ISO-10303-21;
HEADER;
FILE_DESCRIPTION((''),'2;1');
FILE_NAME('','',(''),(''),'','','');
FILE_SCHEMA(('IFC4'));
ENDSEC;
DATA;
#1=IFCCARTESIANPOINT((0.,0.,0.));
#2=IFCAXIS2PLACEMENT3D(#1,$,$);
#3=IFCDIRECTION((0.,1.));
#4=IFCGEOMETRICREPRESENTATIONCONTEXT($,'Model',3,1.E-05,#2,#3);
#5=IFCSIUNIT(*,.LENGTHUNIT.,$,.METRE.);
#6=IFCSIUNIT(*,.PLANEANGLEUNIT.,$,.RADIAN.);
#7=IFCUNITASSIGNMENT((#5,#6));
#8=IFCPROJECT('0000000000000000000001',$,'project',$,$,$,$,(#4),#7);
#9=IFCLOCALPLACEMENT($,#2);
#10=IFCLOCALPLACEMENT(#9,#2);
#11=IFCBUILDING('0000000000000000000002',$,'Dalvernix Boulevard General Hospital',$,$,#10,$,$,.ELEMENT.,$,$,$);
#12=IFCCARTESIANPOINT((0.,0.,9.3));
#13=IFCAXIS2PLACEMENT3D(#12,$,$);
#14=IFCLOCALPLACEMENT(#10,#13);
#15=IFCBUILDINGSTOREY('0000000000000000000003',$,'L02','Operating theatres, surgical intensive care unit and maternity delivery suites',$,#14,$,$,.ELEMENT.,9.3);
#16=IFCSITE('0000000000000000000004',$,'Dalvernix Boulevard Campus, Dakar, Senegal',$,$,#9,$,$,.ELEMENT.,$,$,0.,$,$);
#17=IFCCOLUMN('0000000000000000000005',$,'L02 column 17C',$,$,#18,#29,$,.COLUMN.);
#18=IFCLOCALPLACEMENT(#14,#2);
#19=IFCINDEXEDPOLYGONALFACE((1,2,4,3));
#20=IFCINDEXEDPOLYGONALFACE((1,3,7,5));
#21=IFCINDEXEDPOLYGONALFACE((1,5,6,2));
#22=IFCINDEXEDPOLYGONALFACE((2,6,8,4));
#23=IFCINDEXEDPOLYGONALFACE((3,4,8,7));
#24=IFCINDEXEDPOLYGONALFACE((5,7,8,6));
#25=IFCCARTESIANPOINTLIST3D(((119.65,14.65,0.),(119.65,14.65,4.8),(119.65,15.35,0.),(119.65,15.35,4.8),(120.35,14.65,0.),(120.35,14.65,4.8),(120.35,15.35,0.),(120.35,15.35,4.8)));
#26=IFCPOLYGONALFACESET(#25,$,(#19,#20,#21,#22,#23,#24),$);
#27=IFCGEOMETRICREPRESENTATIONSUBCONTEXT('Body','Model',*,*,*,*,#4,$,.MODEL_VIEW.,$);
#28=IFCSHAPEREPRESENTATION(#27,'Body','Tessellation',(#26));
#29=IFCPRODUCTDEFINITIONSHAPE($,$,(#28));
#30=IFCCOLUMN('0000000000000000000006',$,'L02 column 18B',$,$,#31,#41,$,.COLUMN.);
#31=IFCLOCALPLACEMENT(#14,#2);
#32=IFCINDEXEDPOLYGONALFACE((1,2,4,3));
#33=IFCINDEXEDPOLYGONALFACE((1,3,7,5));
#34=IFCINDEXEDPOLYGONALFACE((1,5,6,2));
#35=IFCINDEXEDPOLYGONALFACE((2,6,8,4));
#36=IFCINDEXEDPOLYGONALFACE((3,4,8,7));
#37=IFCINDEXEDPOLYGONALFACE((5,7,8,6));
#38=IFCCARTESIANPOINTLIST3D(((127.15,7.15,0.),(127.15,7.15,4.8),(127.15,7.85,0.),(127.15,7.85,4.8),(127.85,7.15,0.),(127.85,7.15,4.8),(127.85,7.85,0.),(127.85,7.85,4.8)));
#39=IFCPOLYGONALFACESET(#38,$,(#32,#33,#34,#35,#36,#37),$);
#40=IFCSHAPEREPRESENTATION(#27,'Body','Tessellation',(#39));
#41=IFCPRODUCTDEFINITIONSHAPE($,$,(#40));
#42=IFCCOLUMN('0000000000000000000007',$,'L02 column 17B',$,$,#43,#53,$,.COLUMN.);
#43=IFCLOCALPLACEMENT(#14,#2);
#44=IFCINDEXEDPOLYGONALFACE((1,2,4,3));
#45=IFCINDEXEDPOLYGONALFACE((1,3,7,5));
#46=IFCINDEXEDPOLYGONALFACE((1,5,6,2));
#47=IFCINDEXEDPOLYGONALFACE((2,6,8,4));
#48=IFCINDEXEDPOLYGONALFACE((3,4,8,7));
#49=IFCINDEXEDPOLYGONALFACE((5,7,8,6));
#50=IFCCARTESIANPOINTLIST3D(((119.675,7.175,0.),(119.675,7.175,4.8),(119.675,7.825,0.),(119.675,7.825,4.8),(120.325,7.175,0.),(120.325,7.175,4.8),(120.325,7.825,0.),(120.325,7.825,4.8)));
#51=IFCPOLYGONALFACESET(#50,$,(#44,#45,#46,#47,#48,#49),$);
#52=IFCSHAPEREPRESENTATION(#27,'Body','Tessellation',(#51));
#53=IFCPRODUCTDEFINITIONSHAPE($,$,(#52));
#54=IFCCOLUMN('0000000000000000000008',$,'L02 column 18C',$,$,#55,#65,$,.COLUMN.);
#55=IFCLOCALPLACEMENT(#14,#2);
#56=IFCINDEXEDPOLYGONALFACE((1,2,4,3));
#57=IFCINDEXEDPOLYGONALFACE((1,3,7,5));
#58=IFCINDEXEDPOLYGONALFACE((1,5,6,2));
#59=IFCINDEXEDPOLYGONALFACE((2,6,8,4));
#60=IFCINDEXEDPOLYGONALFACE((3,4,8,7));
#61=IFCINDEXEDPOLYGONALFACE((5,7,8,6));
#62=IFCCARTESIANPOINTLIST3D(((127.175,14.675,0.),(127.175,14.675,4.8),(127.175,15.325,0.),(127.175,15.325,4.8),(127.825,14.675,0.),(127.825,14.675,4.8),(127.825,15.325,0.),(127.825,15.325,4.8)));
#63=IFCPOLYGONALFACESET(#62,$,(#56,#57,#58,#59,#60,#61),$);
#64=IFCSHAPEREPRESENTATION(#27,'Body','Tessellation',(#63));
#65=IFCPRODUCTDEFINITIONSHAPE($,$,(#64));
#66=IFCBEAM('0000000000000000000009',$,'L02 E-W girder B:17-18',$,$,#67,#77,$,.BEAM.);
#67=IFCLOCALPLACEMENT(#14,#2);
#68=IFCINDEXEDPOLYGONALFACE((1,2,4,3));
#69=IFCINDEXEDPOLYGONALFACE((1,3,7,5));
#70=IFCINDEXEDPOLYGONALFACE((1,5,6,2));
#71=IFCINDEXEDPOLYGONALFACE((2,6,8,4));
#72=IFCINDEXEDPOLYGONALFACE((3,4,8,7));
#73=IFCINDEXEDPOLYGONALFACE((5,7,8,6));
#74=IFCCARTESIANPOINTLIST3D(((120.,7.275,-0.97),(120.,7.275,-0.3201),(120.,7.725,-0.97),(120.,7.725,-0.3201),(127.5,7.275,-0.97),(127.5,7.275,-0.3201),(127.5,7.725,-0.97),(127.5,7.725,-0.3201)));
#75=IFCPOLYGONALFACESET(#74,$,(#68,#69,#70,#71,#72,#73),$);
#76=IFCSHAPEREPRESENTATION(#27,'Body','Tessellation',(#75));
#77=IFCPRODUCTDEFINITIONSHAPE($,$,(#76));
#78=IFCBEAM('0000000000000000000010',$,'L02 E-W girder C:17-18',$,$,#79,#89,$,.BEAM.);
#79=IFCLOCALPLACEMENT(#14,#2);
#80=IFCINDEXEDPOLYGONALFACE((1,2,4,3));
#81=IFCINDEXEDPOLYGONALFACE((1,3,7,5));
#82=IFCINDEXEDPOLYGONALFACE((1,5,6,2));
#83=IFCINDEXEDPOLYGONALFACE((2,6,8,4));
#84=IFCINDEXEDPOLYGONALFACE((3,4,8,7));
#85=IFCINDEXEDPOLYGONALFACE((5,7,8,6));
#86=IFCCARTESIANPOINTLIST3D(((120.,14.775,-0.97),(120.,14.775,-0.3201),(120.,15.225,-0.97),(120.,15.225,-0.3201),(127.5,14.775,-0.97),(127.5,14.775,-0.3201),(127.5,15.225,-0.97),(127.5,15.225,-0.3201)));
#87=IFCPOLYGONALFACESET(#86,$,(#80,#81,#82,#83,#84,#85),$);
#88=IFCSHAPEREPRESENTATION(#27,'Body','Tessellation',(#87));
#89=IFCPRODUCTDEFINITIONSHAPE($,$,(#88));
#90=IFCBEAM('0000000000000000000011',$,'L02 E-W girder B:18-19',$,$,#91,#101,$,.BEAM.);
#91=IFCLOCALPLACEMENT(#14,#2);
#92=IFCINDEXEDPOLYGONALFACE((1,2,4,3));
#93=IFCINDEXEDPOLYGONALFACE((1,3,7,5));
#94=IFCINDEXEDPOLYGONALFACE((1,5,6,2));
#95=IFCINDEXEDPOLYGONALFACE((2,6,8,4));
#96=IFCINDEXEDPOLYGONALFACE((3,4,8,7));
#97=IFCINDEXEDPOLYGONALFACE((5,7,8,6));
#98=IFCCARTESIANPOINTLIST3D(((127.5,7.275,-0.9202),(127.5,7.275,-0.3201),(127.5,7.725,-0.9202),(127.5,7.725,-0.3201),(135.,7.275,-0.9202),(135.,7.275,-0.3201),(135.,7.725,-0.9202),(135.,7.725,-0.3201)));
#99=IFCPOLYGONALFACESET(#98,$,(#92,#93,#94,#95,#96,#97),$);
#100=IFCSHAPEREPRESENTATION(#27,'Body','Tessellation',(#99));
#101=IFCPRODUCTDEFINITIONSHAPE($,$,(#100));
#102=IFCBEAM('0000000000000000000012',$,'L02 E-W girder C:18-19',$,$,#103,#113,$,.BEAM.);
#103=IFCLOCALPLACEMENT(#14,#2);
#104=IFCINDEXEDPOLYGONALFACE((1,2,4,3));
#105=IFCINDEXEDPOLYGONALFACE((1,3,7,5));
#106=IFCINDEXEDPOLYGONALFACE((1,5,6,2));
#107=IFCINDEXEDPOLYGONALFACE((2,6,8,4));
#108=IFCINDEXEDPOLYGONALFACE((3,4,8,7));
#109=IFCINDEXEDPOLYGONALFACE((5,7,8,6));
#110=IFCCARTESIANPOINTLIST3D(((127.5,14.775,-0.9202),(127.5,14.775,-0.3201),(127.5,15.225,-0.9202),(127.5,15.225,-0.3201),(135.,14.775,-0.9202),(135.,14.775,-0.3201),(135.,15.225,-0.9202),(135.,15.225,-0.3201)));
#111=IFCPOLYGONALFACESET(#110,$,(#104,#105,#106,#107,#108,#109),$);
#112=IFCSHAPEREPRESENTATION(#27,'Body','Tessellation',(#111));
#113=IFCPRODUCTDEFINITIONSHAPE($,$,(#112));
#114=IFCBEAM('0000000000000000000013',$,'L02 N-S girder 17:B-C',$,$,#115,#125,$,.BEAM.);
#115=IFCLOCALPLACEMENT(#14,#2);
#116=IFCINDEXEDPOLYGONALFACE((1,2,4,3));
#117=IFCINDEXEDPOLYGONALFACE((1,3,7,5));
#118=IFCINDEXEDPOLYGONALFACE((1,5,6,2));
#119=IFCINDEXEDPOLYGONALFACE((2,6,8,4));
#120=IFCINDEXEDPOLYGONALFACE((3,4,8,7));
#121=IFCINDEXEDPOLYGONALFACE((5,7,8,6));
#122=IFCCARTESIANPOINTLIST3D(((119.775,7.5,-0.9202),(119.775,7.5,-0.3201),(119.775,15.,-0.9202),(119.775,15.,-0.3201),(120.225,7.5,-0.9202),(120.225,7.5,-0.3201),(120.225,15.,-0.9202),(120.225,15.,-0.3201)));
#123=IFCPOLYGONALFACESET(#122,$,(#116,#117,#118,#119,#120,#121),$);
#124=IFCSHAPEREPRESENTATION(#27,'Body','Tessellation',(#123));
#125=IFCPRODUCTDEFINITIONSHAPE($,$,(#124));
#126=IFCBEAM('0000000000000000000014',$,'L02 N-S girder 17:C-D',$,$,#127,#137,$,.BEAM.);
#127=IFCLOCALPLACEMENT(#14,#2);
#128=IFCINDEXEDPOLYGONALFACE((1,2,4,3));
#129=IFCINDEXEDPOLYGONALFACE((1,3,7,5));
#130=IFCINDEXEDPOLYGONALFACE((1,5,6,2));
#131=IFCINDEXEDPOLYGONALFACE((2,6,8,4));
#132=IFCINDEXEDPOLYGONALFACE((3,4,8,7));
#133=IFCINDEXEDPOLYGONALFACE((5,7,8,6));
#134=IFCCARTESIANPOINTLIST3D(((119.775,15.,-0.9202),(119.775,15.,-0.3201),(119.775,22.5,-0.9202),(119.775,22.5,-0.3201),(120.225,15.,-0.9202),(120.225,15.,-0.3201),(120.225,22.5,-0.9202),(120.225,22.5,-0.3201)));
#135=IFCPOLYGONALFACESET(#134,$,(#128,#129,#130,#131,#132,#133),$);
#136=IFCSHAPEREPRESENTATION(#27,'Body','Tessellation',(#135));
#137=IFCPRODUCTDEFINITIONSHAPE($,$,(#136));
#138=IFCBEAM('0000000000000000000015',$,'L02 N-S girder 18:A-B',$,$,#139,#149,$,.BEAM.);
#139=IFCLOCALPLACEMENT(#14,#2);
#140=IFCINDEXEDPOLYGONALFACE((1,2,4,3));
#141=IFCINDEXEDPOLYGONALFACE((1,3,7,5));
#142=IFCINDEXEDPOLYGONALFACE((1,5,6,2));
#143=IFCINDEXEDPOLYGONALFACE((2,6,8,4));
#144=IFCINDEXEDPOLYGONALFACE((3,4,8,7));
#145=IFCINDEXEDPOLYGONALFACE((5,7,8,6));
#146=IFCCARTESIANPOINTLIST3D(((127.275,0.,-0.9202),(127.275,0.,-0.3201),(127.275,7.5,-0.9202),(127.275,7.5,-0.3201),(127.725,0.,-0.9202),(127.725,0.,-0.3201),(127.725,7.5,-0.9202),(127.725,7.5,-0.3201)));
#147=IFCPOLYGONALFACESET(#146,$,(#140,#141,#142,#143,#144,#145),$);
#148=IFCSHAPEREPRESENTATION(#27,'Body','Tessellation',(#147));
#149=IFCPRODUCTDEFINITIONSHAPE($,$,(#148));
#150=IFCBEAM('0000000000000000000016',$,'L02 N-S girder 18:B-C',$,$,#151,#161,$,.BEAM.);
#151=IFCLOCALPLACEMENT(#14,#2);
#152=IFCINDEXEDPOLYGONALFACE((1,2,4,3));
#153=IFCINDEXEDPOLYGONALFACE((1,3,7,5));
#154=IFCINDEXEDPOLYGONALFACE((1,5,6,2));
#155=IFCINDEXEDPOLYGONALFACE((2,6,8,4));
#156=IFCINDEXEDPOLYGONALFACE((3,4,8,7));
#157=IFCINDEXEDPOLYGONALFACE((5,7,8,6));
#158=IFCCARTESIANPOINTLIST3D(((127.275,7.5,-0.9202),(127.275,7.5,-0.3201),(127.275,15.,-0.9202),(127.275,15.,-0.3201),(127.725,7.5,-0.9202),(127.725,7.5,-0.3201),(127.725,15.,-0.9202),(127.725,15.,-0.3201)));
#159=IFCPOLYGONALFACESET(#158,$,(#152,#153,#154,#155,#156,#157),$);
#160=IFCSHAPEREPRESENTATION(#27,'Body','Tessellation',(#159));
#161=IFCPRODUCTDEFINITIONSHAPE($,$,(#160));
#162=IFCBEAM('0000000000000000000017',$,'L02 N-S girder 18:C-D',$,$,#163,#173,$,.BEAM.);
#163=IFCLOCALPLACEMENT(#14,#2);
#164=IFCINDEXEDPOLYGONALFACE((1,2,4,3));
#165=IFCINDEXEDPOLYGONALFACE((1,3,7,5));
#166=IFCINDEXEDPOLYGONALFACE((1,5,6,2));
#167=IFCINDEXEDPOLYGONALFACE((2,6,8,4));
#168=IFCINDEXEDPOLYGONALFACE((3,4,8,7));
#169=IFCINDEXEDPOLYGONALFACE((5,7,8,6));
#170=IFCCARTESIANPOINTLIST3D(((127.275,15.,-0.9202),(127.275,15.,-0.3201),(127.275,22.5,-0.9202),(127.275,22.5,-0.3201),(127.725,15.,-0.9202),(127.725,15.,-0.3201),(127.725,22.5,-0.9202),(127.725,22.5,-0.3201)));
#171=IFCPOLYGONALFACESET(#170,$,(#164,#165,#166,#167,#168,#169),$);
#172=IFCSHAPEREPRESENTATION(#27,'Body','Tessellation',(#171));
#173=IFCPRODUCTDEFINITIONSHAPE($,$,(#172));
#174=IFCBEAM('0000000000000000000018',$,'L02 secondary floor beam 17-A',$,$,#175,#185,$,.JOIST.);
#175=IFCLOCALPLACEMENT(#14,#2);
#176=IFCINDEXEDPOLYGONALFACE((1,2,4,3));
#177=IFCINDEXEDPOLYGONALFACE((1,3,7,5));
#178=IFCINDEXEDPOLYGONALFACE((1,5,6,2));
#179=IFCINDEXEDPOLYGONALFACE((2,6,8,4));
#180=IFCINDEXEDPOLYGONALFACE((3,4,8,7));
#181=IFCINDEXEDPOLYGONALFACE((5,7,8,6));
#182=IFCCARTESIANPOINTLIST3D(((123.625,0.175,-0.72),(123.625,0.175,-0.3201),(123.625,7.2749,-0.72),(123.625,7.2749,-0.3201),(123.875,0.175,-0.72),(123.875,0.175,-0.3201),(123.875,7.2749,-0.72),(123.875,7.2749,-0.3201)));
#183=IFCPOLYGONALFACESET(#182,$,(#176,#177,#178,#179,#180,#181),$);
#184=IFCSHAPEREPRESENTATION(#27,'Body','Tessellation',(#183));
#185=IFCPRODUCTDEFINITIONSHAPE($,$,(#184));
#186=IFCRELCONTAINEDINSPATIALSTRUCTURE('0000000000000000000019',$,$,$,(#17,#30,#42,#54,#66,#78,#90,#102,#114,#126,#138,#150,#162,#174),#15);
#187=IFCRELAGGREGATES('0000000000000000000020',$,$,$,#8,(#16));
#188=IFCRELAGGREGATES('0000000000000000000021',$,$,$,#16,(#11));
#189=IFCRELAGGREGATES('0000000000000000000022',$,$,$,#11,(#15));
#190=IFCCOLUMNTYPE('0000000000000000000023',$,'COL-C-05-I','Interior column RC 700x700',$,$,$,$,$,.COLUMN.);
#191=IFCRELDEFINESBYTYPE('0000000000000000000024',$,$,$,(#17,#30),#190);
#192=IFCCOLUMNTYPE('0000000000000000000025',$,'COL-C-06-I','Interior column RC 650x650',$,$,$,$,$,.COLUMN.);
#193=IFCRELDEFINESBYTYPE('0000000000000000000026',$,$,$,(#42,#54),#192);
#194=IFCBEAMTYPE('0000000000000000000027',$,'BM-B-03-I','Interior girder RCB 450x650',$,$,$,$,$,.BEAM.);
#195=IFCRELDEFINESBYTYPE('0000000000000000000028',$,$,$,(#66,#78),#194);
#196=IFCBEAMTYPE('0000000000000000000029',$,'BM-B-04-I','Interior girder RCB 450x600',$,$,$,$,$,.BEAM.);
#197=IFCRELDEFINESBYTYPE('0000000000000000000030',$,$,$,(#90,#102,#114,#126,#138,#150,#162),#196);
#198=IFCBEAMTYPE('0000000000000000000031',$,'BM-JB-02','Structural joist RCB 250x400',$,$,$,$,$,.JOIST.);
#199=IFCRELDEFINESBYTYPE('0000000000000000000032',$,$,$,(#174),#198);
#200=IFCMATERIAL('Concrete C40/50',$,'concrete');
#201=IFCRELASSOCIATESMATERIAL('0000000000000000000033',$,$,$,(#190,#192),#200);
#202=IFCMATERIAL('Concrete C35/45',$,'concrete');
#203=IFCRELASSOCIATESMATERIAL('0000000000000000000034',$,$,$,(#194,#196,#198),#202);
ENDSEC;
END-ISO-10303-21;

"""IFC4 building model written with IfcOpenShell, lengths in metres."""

from ifc_helpers import new_model, si_unit, direction, frame, origin, origin_2d, place, context, subcontext, project, spatial, rectangle, extrude, material, material_profile, profile_set, type_object, element, save


model = new_model("IFC4")

# Units and contexts
model_context = context("Model", 3, precision=1e-05, world=origin(), true_north=direction((0.0, 1.0)))
body_context = subcontext(model_context, "Body", "Model", "MODEL_VIEW")
ifc_project = project(units=[si_unit("LENGTHUNIT", "METRE"), si_unit("PLANEANGLEUNIT", "RADIAN")], contexts=[model_context])

# Site, building, storey
site_placement = place(None, origin())
site = spatial("IfcSite", under=ifc_project, at=site_placement, Name="Dalvernix Boulevard Campus, Dakar, Senegal", CompositionType="ELEMENT", RefElevation=0.0)
building_placement = place(site_placement, origin())
building = spatial("IfcBuilding", under=site, at=building_placement, Name="Dalvernix Boulevard General Hospital", CompositionType="ELEMENT")
storey_placement = place(building_placement, frame((0.0, 0.0, 9.3)))
storey = spatial("IfcBuildingStorey", under=building, at=storey_placement, Name="L02", Description="Operating theatres, surgical intensive care unit and maternity delivery suites", CompositionType="ELEMENT", Elevation=9.3)

# Columns
ifc_material_1 = material(Name="Concrete C40/50", Category="concrete")
ifc_material_profile_1 = material_profile(ifc_material_1, rectangle(XDim=0.7, YDim=0.7, at=origin_2d()), Name="RC 700x700")
ifc_profile_set_1 = profile_set([ifc_material_profile_1], Name="Concrete C40/50")
column_type_1 = type_object("IfcColumnType", Name="COL-C-05-I", Description="Interior column RC 700x700", PredefinedType="COLUMN", material=ifc_profile_set_1)
for number, where, z_axis, x_axis, name in (
    (1, (120.0, 15.0, 0.0), (0.0, 0.0, 1.0), (1.0, 0.0, 0.0), "L02 column 17C"),
    (2, (127.5, 7.5, 0.0), (0.0, 0.0, 1.0), (1.0, 0.0, 0.0), "L02 column 18B"),
):
    element("IfcColumn", number, at=place(storey_placement, frame(where, z_axis=z_axis, x_axis=x_axis)), inside=storey, type_object=column_type_1, Name=name, PredefinedType="COLUMN", context=body_context, shape_type="SweptSolid", body=[
        extrude(rectangle(XDim=0.7, YDim=0.7, at=origin_2d()), origin(), (0.0, 0.0, 1.0), 4.8),
    ])
ifc_material_profile_2 = material_profile(ifc_material_1, rectangle(XDim=0.6499, YDim=0.6499, at=origin_2d()), Name="RC 650x650")
ifc_profile_set_2 = profile_set([ifc_material_profile_2], Name="Concrete C40/50")
column_type_2 = type_object("IfcColumnType", Name="COL-C-06-I", Description="Interior column RC 650x650", PredefinedType="COLUMN", material=ifc_profile_set_2)
for number, where, z_axis, x_axis, name in (
    (3, (120.0, 7.5, 0.0), (0.0, 0.0, 1.0), (1.0, 0.0, 0.0), "L02 column 17B"),
    (4, (127.5, 15.0, 0.0), (0.0, 0.0, 1.0), (1.0, 0.0, 0.0), "L02 column 18C"),
):
    element("IfcColumn", number, at=place(storey_placement, frame(where, z_axis=z_axis, x_axis=x_axis)), inside=storey, type_object=column_type_2, Name=name, PredefinedType="COLUMN", context=body_context, shape_type="SweptSolid", body=[
        extrude(rectangle(XDim=0.6499, YDim=0.6499, at=origin_2d()), origin(), (0.0, 0.0, 1.0), 4.8),
    ])

# Beams
ifc_material_2 = material(Name="Concrete C35/45", Category="concrete")
ifc_material_profile_3 = material_profile(ifc_material_2, rectangle(XDim=0.45, YDim=0.6499, at=origin_2d()), Name="RCB 450x650")
ifc_profile_set_3 = profile_set([ifc_material_profile_3], Name="Concrete C35/45")
beam_type_1 = type_object("IfcBeamType", Name="BM-B-03-I", Description="Interior girder RCB 450x650", PredefinedType="BEAM", material=ifc_profile_set_3)
for number, where, z_axis, x_axis, name in (
    (5, (120.0, 7.5, -0.645), (1.0, 0.0, 0.0), (0.0, 1.0, 0.0), "L02 E-W girder B:17-18"),
    (6, (120.0, 15.0, -0.645), (1.0, 0.0, 0.0), (0.0, 1.0, 0.0), "L02 E-W girder C:17-18"),
):
    element("IfcBeam", number, at=place(storey_placement, frame(where, z_axis=z_axis, x_axis=x_axis)), inside=storey, type_object=beam_type_1, Name=name, PredefinedType="BEAM", context=body_context, shape_type="SweptSolid", body=[
        extrude(rectangle(XDim=0.45, YDim=0.6499, at=origin_2d()), origin(), (0.0, 0.0, 1.0), 7.5),
    ])
ifc_material_profile_4 = material_profile(ifc_material_2, rectangle(XDim=0.45, YDim=0.6001, at=origin_2d()), Name="RCB 450x600")
ifc_profile_set_4 = profile_set([ifc_material_profile_4], Name="Concrete C35/45")
beam_type_2 = type_object("IfcBeamType", Name="BM-B-04-I", Description="Interior girder RCB 450x600", PredefinedType="BEAM", material=ifc_profile_set_4)
for number, where, z_axis, x_axis, name in (
    (7, (127.5, 7.5, -0.6201), (1.0, 0.0, 0.0), (0.0, 1.0, 0.0), "L02 E-W girder B:18-19"),
    (8, (127.5, 15.0, -0.6201), (1.0, 0.0, 0.0), (0.0, 1.0, 0.0), "L02 E-W girder C:18-19"),
    (9, (120.0, 7.5, -0.6201), (0.0, 1.0, 0.0), (-1.0, 0.0, 0.0), "L02 N-S girder 17:B-C"),
    (10, (120.0, 15.0, -0.6201), (0.0, 1.0, 0.0), (-1.0, 0.0, 0.0), "L02 N-S girder 17:C-D"),
    (11, (127.5, 0.0, -0.6201), (0.0, 1.0, 0.0), (-1.0, 0.0, 0.0), "L02 N-S girder 18:A-B"),
    (12, (127.5, 7.5, -0.6201), (0.0, 1.0, 0.0), (-1.0, 0.0, 0.0), "L02 N-S girder 18:B-C"),
    (13, (127.5, 15.0, -0.6201), (0.0, 1.0, 0.0), (-1.0, 0.0, 0.0), "L02 N-S girder 18:C-D"),
):
    element("IfcBeam", number, at=place(storey_placement, frame(where, z_axis=z_axis, x_axis=x_axis)), inside=storey, type_object=beam_type_2, Name=name, PredefinedType="BEAM", context=body_context, shape_type="SweptSolid", body=[
        extrude(rectangle(XDim=0.45, YDim=0.6001, at=origin_2d()), origin(), (0.0, 0.0, 1.0), 7.5),
    ])
ifc_material_profile_5 = material_profile(ifc_material_2, rectangle(XDim=0.25, YDim=0.3999, at=origin_2d()), Name="RCB 250x400")
ifc_profile_set_5 = profile_set([ifc_material_profile_5], Name="Concrete C35/45")
beam_type_3 = type_object("IfcBeamType", Name="BM-JB-02", Description="Structural joist RCB 250x400", PredefinedType="JOIST", material=ifc_profile_set_5)
beam_1_placement = place(storey_placement, frame((123.75, 0.175, -0.52), z_axis=(0.0, 1.0, 0.0), x_axis=(-1.0, 0.0, 0.0)))
element("IfcBeam", 14, at=beam_1_placement, inside=storey, type_object=beam_type_3, Name="L02 secondary floor beam 17-A", PredefinedType="JOIST", context=body_context, shape_type="SweptSolid", body=[
    extrude(rectangle(XDim=0.25, YDim=0.3999, at=origin_2d()), origin(), (0.0, 0.0, 1.0), 7.0999),
])

save(model, "model.ifc")
